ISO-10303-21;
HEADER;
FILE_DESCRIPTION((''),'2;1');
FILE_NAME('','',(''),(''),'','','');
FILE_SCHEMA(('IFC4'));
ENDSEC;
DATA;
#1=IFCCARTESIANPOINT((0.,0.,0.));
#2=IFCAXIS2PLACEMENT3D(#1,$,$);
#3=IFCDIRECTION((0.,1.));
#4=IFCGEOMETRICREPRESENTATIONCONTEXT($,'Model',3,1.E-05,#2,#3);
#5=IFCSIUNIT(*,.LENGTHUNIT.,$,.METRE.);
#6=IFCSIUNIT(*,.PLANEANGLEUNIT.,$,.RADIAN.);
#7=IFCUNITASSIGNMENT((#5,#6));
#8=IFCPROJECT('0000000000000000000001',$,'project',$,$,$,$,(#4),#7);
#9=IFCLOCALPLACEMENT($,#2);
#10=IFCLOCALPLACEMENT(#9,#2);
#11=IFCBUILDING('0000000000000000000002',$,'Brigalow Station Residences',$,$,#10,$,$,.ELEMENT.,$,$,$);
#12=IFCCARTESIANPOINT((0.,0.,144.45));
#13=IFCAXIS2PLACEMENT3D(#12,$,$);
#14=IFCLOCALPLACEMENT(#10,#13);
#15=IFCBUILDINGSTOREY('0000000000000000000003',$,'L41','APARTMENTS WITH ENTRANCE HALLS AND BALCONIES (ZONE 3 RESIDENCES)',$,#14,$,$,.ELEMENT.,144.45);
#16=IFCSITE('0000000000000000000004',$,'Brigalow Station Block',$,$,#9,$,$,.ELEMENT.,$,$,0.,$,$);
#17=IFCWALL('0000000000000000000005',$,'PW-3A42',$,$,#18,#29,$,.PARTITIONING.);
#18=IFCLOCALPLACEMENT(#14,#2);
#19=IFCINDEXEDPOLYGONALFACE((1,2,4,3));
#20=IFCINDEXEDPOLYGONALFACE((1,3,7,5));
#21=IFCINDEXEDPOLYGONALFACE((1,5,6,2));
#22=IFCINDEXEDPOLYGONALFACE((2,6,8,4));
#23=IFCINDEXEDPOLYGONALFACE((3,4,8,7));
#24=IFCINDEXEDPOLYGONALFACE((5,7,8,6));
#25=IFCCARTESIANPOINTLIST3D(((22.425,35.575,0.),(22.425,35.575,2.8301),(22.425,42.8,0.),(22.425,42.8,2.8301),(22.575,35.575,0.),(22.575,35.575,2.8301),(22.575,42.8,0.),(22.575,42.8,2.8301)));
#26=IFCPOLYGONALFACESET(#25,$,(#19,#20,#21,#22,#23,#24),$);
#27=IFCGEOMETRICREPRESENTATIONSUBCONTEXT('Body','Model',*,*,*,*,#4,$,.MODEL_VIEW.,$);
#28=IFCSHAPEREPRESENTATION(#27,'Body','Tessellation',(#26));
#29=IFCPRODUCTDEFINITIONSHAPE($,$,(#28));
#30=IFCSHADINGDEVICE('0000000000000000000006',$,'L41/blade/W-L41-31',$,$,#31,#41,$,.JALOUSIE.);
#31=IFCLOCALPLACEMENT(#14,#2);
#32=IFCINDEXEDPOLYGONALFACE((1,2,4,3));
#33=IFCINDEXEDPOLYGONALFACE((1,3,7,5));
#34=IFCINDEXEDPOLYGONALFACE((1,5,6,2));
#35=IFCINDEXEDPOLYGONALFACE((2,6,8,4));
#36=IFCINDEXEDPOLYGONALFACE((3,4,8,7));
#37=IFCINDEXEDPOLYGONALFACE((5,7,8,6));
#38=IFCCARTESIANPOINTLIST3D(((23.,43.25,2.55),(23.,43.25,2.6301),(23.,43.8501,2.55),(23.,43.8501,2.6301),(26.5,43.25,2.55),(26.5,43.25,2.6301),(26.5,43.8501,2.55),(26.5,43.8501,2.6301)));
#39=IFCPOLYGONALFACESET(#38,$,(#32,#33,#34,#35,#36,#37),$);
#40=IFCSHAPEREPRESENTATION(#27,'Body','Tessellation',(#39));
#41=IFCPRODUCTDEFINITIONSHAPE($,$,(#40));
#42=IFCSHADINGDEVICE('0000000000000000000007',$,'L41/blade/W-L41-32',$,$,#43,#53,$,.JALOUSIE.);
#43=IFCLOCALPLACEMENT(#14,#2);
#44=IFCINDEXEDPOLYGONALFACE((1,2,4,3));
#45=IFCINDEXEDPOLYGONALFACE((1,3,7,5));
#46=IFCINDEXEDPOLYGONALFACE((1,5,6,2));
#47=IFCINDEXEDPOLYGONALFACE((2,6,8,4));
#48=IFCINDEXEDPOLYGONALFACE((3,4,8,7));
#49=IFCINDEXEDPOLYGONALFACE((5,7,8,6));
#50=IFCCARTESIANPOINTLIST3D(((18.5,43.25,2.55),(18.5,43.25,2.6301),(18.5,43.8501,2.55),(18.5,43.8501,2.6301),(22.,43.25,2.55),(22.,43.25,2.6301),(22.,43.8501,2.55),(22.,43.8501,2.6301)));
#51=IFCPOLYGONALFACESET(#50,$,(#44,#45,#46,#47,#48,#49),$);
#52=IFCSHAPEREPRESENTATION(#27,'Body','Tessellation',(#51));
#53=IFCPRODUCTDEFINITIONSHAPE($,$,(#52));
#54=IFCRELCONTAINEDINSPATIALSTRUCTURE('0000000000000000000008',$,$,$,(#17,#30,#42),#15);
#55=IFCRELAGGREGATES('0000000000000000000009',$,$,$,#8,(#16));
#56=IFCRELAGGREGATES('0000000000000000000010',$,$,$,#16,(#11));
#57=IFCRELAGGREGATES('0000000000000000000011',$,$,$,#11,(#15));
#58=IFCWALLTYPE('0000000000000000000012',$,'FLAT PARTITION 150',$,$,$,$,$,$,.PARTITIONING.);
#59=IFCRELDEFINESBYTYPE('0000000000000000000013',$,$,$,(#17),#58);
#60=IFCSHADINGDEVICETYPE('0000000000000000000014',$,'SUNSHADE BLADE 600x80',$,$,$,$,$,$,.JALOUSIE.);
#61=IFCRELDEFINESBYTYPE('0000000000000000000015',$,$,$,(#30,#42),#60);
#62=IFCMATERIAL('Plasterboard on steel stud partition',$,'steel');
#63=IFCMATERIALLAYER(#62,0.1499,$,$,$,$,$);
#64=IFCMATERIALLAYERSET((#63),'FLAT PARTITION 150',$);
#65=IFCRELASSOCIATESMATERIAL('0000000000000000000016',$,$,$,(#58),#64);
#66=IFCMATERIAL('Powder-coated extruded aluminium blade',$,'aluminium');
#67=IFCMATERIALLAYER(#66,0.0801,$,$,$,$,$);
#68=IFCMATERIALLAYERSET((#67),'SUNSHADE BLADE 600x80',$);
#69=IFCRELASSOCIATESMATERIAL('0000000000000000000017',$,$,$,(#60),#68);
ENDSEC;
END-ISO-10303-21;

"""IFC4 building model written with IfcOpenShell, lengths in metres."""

from ifc_helpers import new_model, si_unit, direction, frame, frame_2d, origin, origin_2d, place, context, subcontext, project, spatial, rectangle, extrude, material, layer, layer_set, type_object, element, save


model = new_model("IFC4")

# Units and contexts
model_context = context("Model", 3, precision=1e-05, world=origin(), true_north=direction((0.0, 1.0)))
body_context = subcontext(model_context, "Body", "Model", "MODEL_VIEW")
ifc_project = project(units=[si_unit("LENGTHUNIT", "METRE"), si_unit("PLANEANGLEUNIT", "RADIAN")], contexts=[model_context])

# Site, building, storey
site_placement = place(None, origin())
site = spatial("IfcSite", under=ifc_project, at=site_placement, Name="Brigalow Station Block", CompositionType="ELEMENT", RefElevation=0.0)
building_placement = place(site_placement, origin())
building = spatial("IfcBuilding", under=site, at=building_placement, Name="Brigalow Station Residences", CompositionType="ELEMENT")
storey_placement = place(building_placement, frame((0.0, 0.0, 144.45)))
storey = spatial("IfcBuildingStorey", under=building, at=storey_placement, Name="L41", Description="APARTMENTS WITH ENTRANCE HALLS AND BALCONIES (ZONE 3 RESIDENCES)", CompositionType="ELEMENT", Elevation=144.45)

# Wall
ifc_material_1 = material(Name="Plasterboard on steel stud partition", Category="steel")
ifc_layer_1 = layer(ifc_material_1, 0.1499)
ifc_layer_set_1 = layer_set([ifc_layer_1], Name="FLAT PARTITION 150")
wall_type_1 = type_object("IfcWallType", Name="FLAT PARTITION 150", PredefinedType="PARTITIONING", material=ifc_layer_set_1)
wall_1_placement = place(storey_placement, frame((22.5, 35.575, 0.0), z_axis=(0.0, 0.0, 1.0), x_axis=(0.0, 1.0, 0.0)))
element("IfcWall", 1, at=wall_1_placement, inside=storey, type_object=wall_type_1, Name="PW-3A42", PredefinedType="PARTITIONING", context=body_context, shape_type="SweptSolid", body=[
    extrude(rectangle(XDim=7.2251, YDim=0.1499, at=frame_2d((3.6125, 0.0))), origin(), (0.0, 0.0, 1.0), 2.8301),
])

# Shading devices
ifc_material_2 = material(Name="Powder-coated extruded aluminium blade", Category="aluminium")
ifc_layer_2 = layer(ifc_material_2, 0.0801)
ifc_layer_set_2 = layer_set([ifc_layer_2], Name="SUNSHADE BLADE 600x80")
shading_device_type = type_object("IfcShadingDeviceType", Name="SUNSHADE BLADE 600x80", PredefinedType="JALOUSIE", material=ifc_layer_set_2)
for number, where, z_axis, x_axis, name in (
    (2, (24.75, 43.55, 2.55), (0.0, 0.0, 1.0), (-1.0, 0.0, 0.0), "L41/blade/W-L41-31"),
    (3, (20.25, 43.55, 2.55), (0.0, 0.0, 1.0), (-1.0, 0.0, 0.0), "L41/blade/W-L41-32"),
):
    element("IfcShadingDevice", number, at=place(storey_placement, frame(where, z_axis=z_axis, x_axis=x_axis)), inside=storey, type_object=shading_device_type, Name=name, PredefinedType="JALOUSIE", context=body_context, shape_type="SweptSolid", body=[
        extrude(rectangle(XDim=3.5, YDim=0.6001, at=origin_2d()), origin(), (0.0, 0.0, 1.0), 0.0801),
    ])

save(model, "model.ifc")
